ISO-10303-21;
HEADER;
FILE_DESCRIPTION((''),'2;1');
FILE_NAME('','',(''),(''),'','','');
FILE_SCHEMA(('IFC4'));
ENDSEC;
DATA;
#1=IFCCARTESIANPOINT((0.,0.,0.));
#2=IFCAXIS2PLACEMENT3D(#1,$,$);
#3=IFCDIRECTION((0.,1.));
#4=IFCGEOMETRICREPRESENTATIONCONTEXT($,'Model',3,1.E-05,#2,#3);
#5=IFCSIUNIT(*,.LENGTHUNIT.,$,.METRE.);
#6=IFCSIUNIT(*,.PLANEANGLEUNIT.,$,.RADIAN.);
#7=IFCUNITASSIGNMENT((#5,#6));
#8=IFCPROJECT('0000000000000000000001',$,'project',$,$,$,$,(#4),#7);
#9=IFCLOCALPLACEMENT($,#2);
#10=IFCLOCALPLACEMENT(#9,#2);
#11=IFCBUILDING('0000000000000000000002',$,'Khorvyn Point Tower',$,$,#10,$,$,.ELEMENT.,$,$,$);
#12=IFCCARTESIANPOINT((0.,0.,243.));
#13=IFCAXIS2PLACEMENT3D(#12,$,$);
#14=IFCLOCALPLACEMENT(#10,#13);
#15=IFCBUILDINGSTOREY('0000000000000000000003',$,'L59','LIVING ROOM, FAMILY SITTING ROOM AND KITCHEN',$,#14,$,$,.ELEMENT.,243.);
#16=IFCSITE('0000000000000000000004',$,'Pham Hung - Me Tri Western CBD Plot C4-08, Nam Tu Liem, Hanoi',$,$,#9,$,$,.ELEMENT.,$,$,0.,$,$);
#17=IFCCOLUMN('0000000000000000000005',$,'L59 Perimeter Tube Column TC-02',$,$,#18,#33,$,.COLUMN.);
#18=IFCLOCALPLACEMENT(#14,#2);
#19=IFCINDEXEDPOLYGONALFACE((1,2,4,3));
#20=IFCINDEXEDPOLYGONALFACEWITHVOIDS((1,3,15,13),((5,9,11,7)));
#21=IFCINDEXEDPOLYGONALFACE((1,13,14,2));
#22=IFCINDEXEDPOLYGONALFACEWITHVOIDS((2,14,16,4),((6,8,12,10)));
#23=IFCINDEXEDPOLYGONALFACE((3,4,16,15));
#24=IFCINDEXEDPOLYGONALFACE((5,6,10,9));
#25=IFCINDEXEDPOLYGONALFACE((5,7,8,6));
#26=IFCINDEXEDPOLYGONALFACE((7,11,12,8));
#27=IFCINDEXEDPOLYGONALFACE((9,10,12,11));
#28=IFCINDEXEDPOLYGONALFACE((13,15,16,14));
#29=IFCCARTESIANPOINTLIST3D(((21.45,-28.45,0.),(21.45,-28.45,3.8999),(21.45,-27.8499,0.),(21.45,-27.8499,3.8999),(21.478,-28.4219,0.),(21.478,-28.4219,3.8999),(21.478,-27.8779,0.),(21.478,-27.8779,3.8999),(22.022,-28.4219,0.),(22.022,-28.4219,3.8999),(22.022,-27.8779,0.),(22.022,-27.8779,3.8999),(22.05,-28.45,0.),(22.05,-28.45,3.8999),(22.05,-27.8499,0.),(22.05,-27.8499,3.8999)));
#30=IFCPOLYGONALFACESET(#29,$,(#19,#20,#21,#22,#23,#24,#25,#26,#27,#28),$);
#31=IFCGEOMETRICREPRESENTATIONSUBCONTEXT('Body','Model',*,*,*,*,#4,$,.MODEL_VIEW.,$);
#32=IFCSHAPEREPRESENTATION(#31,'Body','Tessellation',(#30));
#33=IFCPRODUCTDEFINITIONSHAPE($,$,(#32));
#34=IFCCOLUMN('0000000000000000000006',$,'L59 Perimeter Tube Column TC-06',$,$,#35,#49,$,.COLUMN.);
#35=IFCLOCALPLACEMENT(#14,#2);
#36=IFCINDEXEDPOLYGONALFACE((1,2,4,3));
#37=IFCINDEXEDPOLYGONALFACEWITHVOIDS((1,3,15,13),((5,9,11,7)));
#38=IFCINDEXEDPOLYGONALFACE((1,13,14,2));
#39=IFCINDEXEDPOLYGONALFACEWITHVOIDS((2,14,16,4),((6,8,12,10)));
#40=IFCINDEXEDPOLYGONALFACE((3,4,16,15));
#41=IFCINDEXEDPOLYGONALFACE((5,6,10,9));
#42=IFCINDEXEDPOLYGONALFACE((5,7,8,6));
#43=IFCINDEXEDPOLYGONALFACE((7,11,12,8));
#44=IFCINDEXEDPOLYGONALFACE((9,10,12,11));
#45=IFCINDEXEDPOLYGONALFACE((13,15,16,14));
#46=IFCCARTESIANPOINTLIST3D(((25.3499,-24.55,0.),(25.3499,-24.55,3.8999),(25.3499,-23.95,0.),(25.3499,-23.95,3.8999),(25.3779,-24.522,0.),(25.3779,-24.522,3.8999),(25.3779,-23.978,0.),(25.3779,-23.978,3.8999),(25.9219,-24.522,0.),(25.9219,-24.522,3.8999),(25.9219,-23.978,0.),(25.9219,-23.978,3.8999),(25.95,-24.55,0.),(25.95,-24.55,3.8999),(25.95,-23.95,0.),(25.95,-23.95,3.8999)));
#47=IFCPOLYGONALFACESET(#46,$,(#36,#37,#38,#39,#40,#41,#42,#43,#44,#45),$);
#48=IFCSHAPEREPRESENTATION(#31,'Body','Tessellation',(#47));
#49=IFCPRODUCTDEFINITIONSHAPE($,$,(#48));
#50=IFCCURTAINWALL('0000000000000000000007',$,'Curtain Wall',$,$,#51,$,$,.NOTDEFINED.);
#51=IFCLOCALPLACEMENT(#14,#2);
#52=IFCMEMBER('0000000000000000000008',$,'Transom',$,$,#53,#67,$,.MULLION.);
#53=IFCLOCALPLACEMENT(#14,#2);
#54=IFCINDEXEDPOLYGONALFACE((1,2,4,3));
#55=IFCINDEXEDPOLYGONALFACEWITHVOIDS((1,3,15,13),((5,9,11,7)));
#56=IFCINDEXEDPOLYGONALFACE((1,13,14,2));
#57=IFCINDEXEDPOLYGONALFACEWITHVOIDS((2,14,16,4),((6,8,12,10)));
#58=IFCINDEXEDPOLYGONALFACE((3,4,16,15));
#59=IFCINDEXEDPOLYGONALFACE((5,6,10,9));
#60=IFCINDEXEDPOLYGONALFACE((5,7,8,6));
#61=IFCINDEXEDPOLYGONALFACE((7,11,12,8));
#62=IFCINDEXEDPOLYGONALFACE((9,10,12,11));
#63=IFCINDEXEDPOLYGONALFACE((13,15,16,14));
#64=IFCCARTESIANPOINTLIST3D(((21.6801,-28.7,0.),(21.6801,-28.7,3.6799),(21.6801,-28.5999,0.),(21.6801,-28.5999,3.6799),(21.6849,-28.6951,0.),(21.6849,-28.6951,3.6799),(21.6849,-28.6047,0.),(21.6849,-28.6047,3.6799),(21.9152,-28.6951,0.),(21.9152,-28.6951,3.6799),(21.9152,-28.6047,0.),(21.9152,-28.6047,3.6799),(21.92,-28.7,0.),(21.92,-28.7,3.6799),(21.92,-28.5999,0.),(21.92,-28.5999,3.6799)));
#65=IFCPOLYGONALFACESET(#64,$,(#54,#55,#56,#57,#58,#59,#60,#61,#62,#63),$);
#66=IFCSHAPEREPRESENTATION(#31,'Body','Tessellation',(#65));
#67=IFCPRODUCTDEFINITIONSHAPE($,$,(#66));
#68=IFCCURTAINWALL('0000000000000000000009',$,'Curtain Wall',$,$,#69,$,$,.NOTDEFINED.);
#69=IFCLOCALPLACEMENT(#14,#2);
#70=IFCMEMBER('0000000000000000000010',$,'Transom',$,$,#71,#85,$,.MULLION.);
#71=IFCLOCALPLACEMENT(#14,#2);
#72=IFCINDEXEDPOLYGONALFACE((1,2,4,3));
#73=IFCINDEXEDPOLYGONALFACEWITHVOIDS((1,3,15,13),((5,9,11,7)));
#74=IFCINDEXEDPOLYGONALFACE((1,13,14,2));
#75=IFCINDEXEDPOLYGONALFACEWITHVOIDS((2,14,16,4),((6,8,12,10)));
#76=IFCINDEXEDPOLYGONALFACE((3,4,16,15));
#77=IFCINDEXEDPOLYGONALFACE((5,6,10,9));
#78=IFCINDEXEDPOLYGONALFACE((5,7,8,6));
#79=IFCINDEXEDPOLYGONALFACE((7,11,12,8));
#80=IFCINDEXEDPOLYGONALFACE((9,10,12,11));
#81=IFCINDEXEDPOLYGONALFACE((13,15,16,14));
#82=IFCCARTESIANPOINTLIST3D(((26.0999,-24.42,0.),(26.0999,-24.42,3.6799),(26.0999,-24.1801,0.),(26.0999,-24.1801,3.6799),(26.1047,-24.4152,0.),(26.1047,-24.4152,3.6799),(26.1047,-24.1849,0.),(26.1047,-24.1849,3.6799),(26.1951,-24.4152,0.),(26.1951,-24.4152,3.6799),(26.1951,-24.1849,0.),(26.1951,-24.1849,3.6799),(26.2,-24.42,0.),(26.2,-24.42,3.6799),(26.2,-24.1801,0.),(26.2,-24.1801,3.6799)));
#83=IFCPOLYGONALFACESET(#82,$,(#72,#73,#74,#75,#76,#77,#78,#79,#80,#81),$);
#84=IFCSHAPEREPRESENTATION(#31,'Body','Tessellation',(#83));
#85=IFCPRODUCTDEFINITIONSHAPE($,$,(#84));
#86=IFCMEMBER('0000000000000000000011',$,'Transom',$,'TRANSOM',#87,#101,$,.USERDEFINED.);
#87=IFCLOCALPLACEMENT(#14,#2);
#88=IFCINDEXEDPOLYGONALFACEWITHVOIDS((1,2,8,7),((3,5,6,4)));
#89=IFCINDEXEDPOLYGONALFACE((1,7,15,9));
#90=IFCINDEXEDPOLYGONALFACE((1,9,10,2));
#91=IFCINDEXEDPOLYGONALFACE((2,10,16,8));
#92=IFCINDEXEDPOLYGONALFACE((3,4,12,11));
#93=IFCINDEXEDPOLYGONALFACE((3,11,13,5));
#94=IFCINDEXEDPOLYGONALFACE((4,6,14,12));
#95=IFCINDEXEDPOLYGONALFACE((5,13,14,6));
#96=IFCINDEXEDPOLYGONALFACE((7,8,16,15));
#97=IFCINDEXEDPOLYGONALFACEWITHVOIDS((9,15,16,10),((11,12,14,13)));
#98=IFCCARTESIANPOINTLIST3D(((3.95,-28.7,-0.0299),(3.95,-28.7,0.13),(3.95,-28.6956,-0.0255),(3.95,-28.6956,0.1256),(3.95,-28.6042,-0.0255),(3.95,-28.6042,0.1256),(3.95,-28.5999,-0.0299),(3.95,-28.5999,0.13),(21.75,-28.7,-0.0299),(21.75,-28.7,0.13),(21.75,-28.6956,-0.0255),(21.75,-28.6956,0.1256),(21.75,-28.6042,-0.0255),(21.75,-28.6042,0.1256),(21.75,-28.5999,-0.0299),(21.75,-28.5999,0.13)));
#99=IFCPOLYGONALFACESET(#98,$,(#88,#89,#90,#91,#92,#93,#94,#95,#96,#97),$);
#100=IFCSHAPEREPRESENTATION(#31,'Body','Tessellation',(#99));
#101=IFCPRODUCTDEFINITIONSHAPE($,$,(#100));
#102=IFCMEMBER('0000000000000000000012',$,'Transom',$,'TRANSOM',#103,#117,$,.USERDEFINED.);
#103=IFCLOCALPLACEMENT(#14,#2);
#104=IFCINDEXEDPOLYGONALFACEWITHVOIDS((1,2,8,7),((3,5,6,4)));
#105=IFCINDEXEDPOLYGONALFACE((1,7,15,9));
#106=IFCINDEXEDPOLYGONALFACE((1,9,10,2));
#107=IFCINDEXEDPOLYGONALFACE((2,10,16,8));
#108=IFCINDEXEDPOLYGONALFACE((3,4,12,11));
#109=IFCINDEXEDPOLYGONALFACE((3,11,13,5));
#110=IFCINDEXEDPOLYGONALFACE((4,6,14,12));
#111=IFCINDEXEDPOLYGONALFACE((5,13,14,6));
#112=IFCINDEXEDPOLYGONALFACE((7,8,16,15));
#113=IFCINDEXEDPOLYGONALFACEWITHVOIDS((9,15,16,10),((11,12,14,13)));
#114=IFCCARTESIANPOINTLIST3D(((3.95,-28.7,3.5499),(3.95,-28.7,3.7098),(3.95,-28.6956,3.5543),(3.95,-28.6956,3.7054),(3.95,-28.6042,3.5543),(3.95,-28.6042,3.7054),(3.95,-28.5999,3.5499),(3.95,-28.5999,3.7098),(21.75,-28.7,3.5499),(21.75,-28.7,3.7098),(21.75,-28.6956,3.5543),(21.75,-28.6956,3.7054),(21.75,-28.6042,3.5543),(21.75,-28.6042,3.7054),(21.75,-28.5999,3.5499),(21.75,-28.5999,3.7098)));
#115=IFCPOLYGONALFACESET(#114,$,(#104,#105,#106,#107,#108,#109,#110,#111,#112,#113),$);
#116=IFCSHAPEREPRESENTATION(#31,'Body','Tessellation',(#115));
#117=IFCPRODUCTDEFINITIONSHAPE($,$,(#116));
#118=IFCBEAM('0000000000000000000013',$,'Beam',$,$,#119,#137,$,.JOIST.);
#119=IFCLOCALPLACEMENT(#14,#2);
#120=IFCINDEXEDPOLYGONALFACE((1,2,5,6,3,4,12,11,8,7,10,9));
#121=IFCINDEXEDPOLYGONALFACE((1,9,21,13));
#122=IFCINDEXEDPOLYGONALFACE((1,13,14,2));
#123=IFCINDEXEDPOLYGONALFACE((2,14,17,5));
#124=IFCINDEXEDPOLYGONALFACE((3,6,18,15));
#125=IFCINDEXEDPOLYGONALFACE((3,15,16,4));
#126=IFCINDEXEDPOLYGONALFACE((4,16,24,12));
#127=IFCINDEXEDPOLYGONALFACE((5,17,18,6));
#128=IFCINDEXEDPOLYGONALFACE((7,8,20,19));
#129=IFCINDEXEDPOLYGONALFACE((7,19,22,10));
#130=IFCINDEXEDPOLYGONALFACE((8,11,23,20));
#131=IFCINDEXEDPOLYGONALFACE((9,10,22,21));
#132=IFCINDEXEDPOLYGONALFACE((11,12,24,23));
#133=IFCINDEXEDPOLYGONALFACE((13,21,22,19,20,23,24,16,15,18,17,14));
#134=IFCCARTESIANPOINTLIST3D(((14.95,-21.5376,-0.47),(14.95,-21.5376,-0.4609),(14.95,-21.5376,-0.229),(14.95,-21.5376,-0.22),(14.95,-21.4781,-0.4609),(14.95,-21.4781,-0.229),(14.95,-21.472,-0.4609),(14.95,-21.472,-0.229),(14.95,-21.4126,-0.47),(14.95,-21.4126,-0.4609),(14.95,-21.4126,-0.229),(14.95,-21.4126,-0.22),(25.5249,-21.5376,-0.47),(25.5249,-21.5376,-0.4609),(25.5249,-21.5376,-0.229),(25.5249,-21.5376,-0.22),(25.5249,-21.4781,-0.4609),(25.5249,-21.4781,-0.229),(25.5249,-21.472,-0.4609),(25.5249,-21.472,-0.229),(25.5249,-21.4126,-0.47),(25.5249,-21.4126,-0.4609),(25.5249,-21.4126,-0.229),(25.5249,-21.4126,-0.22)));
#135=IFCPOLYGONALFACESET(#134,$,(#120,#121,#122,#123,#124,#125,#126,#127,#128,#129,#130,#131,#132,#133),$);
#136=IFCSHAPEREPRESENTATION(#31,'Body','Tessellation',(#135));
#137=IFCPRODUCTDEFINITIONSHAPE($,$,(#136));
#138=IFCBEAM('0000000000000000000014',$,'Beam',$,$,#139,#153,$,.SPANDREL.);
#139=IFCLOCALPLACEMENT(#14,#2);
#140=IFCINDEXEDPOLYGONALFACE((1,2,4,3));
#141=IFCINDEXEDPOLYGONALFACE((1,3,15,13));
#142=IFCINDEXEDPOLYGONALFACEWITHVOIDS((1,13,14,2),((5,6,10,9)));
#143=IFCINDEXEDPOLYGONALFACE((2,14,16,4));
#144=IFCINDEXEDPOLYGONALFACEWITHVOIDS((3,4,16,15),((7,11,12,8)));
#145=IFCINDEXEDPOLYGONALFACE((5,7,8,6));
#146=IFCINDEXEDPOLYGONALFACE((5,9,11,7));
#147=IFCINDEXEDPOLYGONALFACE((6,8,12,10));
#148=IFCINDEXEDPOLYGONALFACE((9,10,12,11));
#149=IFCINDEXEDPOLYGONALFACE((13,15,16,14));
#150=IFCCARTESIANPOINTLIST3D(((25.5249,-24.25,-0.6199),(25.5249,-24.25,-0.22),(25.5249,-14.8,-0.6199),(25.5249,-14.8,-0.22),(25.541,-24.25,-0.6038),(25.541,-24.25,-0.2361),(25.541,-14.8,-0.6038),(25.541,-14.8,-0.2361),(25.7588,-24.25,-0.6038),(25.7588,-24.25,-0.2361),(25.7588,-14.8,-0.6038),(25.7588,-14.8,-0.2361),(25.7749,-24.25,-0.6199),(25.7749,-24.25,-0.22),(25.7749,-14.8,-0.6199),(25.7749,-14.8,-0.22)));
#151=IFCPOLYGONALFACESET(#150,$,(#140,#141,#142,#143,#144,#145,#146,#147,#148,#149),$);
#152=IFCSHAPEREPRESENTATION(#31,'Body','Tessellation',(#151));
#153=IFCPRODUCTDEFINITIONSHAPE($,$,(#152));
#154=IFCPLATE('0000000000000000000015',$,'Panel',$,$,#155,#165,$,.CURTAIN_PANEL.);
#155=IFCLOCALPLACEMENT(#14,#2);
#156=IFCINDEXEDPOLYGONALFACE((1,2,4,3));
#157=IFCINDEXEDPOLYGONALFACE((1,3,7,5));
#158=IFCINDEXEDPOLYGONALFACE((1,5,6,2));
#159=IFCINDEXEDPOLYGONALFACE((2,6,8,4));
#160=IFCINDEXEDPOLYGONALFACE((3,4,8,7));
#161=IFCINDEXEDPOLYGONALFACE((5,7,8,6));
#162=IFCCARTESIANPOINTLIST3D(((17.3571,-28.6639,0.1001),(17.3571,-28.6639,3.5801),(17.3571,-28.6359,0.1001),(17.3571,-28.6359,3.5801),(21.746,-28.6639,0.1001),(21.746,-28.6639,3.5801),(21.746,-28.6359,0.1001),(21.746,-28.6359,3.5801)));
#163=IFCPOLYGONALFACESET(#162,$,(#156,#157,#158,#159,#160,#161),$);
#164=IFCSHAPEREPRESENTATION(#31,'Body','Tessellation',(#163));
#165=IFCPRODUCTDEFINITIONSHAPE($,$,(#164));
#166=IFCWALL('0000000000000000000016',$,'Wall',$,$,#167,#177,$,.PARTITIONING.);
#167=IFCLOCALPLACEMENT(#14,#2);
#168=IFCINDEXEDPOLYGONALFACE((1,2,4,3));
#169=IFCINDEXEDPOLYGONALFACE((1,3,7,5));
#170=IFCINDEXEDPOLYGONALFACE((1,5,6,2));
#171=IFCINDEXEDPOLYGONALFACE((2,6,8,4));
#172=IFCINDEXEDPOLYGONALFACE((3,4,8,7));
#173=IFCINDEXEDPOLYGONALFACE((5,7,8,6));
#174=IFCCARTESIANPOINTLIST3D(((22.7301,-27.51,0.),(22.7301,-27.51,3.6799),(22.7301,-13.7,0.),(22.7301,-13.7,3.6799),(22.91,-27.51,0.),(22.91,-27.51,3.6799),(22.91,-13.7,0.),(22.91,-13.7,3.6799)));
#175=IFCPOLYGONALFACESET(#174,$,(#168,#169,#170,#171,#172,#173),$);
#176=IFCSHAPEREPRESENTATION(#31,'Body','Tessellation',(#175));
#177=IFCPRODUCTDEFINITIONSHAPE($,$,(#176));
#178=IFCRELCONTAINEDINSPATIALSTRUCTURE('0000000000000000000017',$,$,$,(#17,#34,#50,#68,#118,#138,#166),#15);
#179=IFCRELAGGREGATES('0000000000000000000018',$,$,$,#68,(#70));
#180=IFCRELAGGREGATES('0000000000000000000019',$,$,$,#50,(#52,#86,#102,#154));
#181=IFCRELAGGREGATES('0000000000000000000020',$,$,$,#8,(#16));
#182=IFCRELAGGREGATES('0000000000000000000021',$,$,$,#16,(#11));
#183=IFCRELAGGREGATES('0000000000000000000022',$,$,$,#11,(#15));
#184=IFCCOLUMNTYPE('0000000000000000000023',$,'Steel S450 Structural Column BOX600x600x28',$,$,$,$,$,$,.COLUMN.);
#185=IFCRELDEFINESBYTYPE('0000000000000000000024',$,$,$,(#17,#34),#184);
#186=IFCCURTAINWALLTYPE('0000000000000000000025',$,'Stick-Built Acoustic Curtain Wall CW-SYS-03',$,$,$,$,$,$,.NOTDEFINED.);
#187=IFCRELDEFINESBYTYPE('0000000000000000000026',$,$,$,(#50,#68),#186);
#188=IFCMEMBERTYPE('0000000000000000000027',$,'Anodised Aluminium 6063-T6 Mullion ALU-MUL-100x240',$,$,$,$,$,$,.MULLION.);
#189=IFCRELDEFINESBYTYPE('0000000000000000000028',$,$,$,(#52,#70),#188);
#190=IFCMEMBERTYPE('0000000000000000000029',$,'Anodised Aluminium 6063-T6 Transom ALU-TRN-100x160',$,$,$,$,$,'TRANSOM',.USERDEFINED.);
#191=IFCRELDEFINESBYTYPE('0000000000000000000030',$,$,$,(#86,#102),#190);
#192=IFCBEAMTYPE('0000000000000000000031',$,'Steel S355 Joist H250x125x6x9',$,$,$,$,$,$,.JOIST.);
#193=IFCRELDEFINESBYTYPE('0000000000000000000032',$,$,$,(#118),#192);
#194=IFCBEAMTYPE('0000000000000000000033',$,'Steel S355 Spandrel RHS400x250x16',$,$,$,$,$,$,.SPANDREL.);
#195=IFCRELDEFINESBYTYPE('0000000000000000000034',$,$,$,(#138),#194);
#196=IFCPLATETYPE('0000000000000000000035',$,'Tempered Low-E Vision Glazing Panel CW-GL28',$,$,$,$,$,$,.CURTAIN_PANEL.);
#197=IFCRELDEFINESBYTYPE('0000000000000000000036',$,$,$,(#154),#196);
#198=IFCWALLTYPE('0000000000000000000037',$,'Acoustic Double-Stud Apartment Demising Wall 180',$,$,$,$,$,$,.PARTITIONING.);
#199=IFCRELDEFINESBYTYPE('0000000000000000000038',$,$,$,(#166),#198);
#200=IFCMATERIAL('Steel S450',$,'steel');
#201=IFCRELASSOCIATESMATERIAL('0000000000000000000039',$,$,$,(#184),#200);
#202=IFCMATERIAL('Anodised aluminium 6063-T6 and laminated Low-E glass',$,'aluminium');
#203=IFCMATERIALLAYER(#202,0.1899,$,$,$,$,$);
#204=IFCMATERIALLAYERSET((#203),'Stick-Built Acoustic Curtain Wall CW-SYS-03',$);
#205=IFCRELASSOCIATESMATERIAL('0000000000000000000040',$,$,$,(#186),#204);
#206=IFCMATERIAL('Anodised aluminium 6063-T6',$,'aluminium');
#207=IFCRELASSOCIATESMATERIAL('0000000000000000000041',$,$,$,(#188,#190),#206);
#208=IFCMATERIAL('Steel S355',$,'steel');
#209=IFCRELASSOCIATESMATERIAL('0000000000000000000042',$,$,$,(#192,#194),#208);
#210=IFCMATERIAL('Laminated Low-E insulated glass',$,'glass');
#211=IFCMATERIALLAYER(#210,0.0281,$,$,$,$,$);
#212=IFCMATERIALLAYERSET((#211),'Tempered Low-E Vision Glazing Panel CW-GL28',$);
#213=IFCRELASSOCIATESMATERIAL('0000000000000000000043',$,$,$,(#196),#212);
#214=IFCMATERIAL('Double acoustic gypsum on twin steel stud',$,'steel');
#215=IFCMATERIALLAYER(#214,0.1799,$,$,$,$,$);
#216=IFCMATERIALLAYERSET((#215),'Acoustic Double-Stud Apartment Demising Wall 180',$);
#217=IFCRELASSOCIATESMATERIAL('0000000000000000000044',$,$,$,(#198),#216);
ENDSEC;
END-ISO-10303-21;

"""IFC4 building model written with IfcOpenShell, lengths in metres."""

from ifc_helpers import new_model, si_unit, direction, frame, frame_2d, origin, origin_2d, place, context, subcontext, project, spatial, rectangle, hollow_rectangle, i_section, extrude, material, layer, layer_set, material_profile, profile_set, type_object, element, aggregate, save


model = new_model("IFC4")

# Units and contexts
model_context = context("Model", 3, precision=1e-05, world=origin(), true_north=direction((0.0, 1.0)))
body_context = subcontext(model_context, "Body", "Model", "MODEL_VIEW")
ifc_project = project(units=[si_unit("LENGTHUNIT", "METRE"), si_unit("PLANEANGLEUNIT", "RADIAN")], contexts=[model_context])

# Site, building, storey
site_placement = place(None, origin())
site = spatial("IfcSite", under=ifc_project, at=site_placement, Name="Pham Hung - Me Tri Western CBD Plot C4-08, Nam Tu Liem, Hanoi", CompositionType="ELEMENT", RefElevation=0.0)
building_placement = place(site_placement, origin())
building = spatial("IfcBuilding", under=site, at=building_placement, Name="Khorvyn Point Tower", CompositionType="ELEMENT")
storey_placement = place(building_placement, frame((0.0, 0.0, 243.0)))
storey = spatial("IfcBuildingStorey", under=building, at=storey_placement, Name="L59", Description="LIVING ROOM, FAMILY SITTING ROOM AND KITCHEN", CompositionType="ELEMENT", Elevation=243.0)

# Columns
ifc_material_1 = material(Name="Steel S450", Category="steel")
ifc_material_profile_1 = material_profile(ifc_material_1, hollow_rectangle(XDim=0.6001, YDim=0.6001, WallThickness=0.0281, at=origin_2d()))
ifc_profile_set_1 = profile_set([ifc_material_profile_1], Name="Steel S450 BOX600x600x28")
column_type = type_object("IfcColumnType", Name="Steel S450 Structural Column BOX600x600x28", PredefinedType="COLUMN", material=ifc_profile_set_1)
for number, where, z_axis, x_axis, name in (
    (1, (21.75, -28.1499, 0.0), (0.0, 0.0, 1.0), (1.0, 0.0, 0.0), "L59 Perimeter Tube Column TC-02"),
    (2, (25.6499, -24.25, 0.0), (0.0, 0.0, 1.0), (1.0, 0.0, 0.0), "L59 Perimeter Tube Column TC-06"),
):
    element("IfcColumn", number, at=place(storey_placement, frame(where, z_axis=z_axis, x_axis=x_axis)), inside=storey, type_object=column_type, Name=name, PredefinedType="COLUMN", context=body_context, shape_type="SweptSolid", body=[
        extrude(hollow_rectangle(XDim=0.6001, YDim=0.6001, WallThickness=0.0281, at=origin_2d()), origin(), (0.0, 0.0, 1.0), 3.8999),
    ])

# Curtain walls, members
ifc_material_2 = material(Name="Anodised aluminium 6063-T6 and laminated Low-E glass", Category="aluminium")
ifc_layer_1 = layer(ifc_material_2, 0.1899)
ifc_layer_set_1 = layer_set([ifc_layer_1], Name="Stick-Built Acoustic Curtain Wall CW-SYS-03")
curtain_wall_type = type_object("IfcCurtainWallType", Name="Stick-Built Acoustic Curtain Wall CW-SYS-03", PredefinedType="NOTDEFINED", material=ifc_layer_set_1)
curtain_wall_1_placement = place(storey_placement, origin())
curtain_wall_1 = element("IfcCurtainWall", 3, at=curtain_wall_1_placement, inside=storey, type_object=curtain_wall_type, Name="Curtain Wall", PredefinedType="NOTDEFINED")
ifc_material_3 = material(Name="Anodised aluminium 6063-T6", Category="aluminium")
ifc_material_profile_2 = material_profile(ifc_material_3, hollow_rectangle(XDim=0.1001, YDim=0.24, WallThickness=0.0049, at=origin_2d()))
ifc_profile_set_2 = profile_set([ifc_material_profile_2], Name="Anodised aluminium 6063-T6 ALU-MUL-100x240")
member_type_1 = type_object("IfcMemberType", Name="Anodised Aluminium 6063-T6 Mullion ALU-MUL-100x240", PredefinedType="MULLION", material=ifc_profile_set_2)
member_1_placement = place(storey_placement, frame((21.8, -28.6499, 0.0), z_axis=(0.0, 0.0, 1.0), x_axis=(0.0, -1.0, 0.0)))
member_1 = element("IfcMember", 4, at=member_1_placement, type_object=member_type_1, Name="Transom", PredefinedType="MULLION", context=body_context, shape_type="SweptSolid", body=[
    extrude(hollow_rectangle(XDim=0.1001, YDim=0.24, WallThickness=0.0049, at=origin_2d()), origin(), (0.0, 0.0, 1.0), 3.6799),
])
curtain_wall_2_placement = place(storey_placement, origin())
curtain_wall_2 = element("IfcCurtainWall", 5, at=curtain_wall_2_placement, inside=storey, type_object=curtain_wall_type, Name="Curtain Wall", PredefinedType="NOTDEFINED")
member_2_placement = place(storey_placement, frame((26.1499, -24.3, 0.0), z_axis=(0.0, 0.0, 1.0), x_axis=(1.0, 0.0, 0.0)))
member_2 = element("IfcMember", 6, at=member_2_placement, type_object=member_type_1, Name="Transom", PredefinedType="MULLION", context=body_context, shape_type="SweptSolid", body=[
    extrude(hollow_rectangle(XDim=0.1001, YDim=0.24, WallThickness=0.0049, at=origin_2d()), origin(), (0.0, 0.0, 1.0), 3.6799),
])
aggregate(curtain_wall_2, [member_2])

# Members
ifc_material_profile_3 = material_profile(ifc_material_3, hollow_rectangle(XDim=0.1001, YDim=0.1599, WallThickness=0.0044, at=origin_2d()))
ifc_profile_set_3 = profile_set([ifc_material_profile_3], Name="Anodised aluminium 6063-T6 ALU-TRN-100x160")
member_type_2 = type_object("IfcMemberType", Name="Anodised Aluminium 6063-T6 Transom ALU-TRN-100x160", ElementType="TRANSOM", PredefinedType="USERDEFINED", material=ifc_profile_set_3)
member_3_placement = place(storey_placement, frame((21.75, -28.6499, 0.05), z_axis=(-1.0, 0.0, 0.0), x_axis=(0.0, -1.0, 0.0)))
member_3 = element("IfcMember", 7, at=member_3_placement, type_object=member_type_2, Name="Transom", ObjectType="TRANSOM", PredefinedType="USERDEFINED", context=body_context, shape_type="SweptSolid", body=[
    extrude(hollow_rectangle(XDim=0.1001, YDim=0.1599, WallThickness=0.0044, at=origin_2d()), origin(), (0.0, 0.0, 1.0), 17.8),
])
member_4_placement = place(storey_placement, frame((21.75, -28.6499, 3.6299), z_axis=(-1.0, 0.0, 0.0), x_axis=(0.0, -1.0, 0.0)))
member_4 = element("IfcMember", 8, at=member_4_placement, type_object=member_type_2, Name="Transom", ObjectType="TRANSOM", PredefinedType="USERDEFINED", context=body_context, shape_type="SweptSolid", body=[
    extrude(hollow_rectangle(XDim=0.1001, YDim=0.1599, WallThickness=0.0044, at=origin_2d()), origin(), (0.0, 0.0, 1.0), 17.8),
])

# Beams
ifc_material_4 = material(Name="Steel S355", Category="steel")
ifc_material_profile_4 = material_profile(ifc_material_4, i_section(OverallWidth=0.125, OverallDepth=0.25, WebThickness=0.0061, FlangeThickness=0.009, at=origin_2d()))
ifc_profile_set_4 = profile_set([ifc_material_profile_4], Name="Steel S355 H250x125x6x9")
beam_type_1 = type_object("IfcBeamType", Name="Steel S355 Joist H250x125x6x9", PredefinedType="JOIST", material=ifc_profile_set_4)
beam_1_placement = place(storey_placement, frame((14.95, -21.4751, -0.345), z_axis=(1.0, 0.0, 0.0), x_axis=(0.0, 1.0, 0.0)))
element("IfcBeam", 9, at=beam_1_placement, inside=storey, type_object=beam_type_1, Name="Beam", PredefinedType="JOIST", context=body_context, shape_type="SweptSolid", body=[
    extrude(i_section(OverallWidth=0.125, OverallDepth=0.25, WebThickness=0.0061, FlangeThickness=0.009, at=origin_2d()), origin(), (0.0, 0.0, 1.0), 10.575),
])
ifc_material_profile_5 = material_profile(ifc_material_4, hollow_rectangle(XDim=0.25, YDim=0.3999, WallThickness=0.0161, at=origin_2d()))
ifc_profile_set_5 = profile_set([ifc_material_profile_5], Name="Steel S355 RHS400x250x16")
beam_type_2 = type_object("IfcBeamType", Name="Steel S355 Spandrel RHS400x250x16", PredefinedType="SPANDREL", material=ifc_profile_set_5)
beam_2_placement = place(storey_placement, frame((25.6499, -24.25, -0.4199), z_axis=(0.0, 1.0, 0.0), x_axis=(-1.0, 0.0, 0.0)))
element("IfcBeam", 10, at=beam_2_placement, inside=storey, type_object=beam_type_2, Name="Beam", PredefinedType="SPANDREL", context=body_context, shape_type="SweptSolid", body=[
    extrude(hollow_rectangle(XDim=0.25, YDim=0.3999, WallThickness=0.0161, at=origin_2d()), origin(), (0.0, 0.0, 1.0), 9.45),
])

# Plate
ifc_material_5 = material(Name="Laminated Low-E insulated glass", Category="glass")
ifc_layer_2 = layer(ifc_material_5, 0.0281)
ifc_layer_set_2 = layer_set([ifc_layer_2], Name="Tempered Low-E Vision Glazing Panel CW-GL28")
plate_type = type_object("IfcPlateType", Name="Tempered Low-E Vision Glazing Panel CW-GL28", PredefinedType="CURTAIN_PANEL", material=ifc_layer_set_2)
plate_placement = place(storey_placement, frame((19.5515, -28.6499, 0.1001), z_axis=(0.0, 0.0, 1.0), x_axis=(-1.0, 0.0, 0.0)))
plate = element("IfcPlate", 11, at=plate_placement, type_object=plate_type, Name="Panel", PredefinedType="CURTAIN_PANEL", context=body_context, shape_type="SweptSolid", body=[
    extrude(rectangle(XDim=4.3889, YDim=0.0281, at=origin_2d()), origin(), (0.0, 0.0, 1.0), 3.48),
])
aggregate(curtain_wall_1, [member_1, member_3, member_4, plate])

# Wall
ifc_material_6 = material(Name="Double acoustic gypsum on twin steel stud", Category="steel")
ifc_layer_3 = layer(ifc_material_6, 0.1799)
ifc_layer_set_3 = layer_set([ifc_layer_3], Name="Acoustic Double-Stud Apartment Demising Wall 180")
wall_type_1 = type_object("IfcWallType", Name="Acoustic Double-Stud Apartment Demising Wall 180", PredefinedType="PARTITIONING", material=ifc_layer_set_3)
wall_1_placement = place(storey_placement, frame((22.8201, -27.51, 0.0), z_axis=(0.0, 0.0, 1.0), x_axis=(0.0, 1.0, 0.0)))
element("IfcWall", 12, at=wall_1_placement, inside=storey, type_object=wall_type_1, Name="Wall", PredefinedType="PARTITIONING", context=body_context, shape_type="SweptSolid", body=[
    extrude(rectangle(XDim=13.8101, YDim=0.1799, at=frame_2d((6.905, 0.0))), origin(), (0.0, 0.0, 1.0), 3.6799),
])

save(model, "model.ifc")
